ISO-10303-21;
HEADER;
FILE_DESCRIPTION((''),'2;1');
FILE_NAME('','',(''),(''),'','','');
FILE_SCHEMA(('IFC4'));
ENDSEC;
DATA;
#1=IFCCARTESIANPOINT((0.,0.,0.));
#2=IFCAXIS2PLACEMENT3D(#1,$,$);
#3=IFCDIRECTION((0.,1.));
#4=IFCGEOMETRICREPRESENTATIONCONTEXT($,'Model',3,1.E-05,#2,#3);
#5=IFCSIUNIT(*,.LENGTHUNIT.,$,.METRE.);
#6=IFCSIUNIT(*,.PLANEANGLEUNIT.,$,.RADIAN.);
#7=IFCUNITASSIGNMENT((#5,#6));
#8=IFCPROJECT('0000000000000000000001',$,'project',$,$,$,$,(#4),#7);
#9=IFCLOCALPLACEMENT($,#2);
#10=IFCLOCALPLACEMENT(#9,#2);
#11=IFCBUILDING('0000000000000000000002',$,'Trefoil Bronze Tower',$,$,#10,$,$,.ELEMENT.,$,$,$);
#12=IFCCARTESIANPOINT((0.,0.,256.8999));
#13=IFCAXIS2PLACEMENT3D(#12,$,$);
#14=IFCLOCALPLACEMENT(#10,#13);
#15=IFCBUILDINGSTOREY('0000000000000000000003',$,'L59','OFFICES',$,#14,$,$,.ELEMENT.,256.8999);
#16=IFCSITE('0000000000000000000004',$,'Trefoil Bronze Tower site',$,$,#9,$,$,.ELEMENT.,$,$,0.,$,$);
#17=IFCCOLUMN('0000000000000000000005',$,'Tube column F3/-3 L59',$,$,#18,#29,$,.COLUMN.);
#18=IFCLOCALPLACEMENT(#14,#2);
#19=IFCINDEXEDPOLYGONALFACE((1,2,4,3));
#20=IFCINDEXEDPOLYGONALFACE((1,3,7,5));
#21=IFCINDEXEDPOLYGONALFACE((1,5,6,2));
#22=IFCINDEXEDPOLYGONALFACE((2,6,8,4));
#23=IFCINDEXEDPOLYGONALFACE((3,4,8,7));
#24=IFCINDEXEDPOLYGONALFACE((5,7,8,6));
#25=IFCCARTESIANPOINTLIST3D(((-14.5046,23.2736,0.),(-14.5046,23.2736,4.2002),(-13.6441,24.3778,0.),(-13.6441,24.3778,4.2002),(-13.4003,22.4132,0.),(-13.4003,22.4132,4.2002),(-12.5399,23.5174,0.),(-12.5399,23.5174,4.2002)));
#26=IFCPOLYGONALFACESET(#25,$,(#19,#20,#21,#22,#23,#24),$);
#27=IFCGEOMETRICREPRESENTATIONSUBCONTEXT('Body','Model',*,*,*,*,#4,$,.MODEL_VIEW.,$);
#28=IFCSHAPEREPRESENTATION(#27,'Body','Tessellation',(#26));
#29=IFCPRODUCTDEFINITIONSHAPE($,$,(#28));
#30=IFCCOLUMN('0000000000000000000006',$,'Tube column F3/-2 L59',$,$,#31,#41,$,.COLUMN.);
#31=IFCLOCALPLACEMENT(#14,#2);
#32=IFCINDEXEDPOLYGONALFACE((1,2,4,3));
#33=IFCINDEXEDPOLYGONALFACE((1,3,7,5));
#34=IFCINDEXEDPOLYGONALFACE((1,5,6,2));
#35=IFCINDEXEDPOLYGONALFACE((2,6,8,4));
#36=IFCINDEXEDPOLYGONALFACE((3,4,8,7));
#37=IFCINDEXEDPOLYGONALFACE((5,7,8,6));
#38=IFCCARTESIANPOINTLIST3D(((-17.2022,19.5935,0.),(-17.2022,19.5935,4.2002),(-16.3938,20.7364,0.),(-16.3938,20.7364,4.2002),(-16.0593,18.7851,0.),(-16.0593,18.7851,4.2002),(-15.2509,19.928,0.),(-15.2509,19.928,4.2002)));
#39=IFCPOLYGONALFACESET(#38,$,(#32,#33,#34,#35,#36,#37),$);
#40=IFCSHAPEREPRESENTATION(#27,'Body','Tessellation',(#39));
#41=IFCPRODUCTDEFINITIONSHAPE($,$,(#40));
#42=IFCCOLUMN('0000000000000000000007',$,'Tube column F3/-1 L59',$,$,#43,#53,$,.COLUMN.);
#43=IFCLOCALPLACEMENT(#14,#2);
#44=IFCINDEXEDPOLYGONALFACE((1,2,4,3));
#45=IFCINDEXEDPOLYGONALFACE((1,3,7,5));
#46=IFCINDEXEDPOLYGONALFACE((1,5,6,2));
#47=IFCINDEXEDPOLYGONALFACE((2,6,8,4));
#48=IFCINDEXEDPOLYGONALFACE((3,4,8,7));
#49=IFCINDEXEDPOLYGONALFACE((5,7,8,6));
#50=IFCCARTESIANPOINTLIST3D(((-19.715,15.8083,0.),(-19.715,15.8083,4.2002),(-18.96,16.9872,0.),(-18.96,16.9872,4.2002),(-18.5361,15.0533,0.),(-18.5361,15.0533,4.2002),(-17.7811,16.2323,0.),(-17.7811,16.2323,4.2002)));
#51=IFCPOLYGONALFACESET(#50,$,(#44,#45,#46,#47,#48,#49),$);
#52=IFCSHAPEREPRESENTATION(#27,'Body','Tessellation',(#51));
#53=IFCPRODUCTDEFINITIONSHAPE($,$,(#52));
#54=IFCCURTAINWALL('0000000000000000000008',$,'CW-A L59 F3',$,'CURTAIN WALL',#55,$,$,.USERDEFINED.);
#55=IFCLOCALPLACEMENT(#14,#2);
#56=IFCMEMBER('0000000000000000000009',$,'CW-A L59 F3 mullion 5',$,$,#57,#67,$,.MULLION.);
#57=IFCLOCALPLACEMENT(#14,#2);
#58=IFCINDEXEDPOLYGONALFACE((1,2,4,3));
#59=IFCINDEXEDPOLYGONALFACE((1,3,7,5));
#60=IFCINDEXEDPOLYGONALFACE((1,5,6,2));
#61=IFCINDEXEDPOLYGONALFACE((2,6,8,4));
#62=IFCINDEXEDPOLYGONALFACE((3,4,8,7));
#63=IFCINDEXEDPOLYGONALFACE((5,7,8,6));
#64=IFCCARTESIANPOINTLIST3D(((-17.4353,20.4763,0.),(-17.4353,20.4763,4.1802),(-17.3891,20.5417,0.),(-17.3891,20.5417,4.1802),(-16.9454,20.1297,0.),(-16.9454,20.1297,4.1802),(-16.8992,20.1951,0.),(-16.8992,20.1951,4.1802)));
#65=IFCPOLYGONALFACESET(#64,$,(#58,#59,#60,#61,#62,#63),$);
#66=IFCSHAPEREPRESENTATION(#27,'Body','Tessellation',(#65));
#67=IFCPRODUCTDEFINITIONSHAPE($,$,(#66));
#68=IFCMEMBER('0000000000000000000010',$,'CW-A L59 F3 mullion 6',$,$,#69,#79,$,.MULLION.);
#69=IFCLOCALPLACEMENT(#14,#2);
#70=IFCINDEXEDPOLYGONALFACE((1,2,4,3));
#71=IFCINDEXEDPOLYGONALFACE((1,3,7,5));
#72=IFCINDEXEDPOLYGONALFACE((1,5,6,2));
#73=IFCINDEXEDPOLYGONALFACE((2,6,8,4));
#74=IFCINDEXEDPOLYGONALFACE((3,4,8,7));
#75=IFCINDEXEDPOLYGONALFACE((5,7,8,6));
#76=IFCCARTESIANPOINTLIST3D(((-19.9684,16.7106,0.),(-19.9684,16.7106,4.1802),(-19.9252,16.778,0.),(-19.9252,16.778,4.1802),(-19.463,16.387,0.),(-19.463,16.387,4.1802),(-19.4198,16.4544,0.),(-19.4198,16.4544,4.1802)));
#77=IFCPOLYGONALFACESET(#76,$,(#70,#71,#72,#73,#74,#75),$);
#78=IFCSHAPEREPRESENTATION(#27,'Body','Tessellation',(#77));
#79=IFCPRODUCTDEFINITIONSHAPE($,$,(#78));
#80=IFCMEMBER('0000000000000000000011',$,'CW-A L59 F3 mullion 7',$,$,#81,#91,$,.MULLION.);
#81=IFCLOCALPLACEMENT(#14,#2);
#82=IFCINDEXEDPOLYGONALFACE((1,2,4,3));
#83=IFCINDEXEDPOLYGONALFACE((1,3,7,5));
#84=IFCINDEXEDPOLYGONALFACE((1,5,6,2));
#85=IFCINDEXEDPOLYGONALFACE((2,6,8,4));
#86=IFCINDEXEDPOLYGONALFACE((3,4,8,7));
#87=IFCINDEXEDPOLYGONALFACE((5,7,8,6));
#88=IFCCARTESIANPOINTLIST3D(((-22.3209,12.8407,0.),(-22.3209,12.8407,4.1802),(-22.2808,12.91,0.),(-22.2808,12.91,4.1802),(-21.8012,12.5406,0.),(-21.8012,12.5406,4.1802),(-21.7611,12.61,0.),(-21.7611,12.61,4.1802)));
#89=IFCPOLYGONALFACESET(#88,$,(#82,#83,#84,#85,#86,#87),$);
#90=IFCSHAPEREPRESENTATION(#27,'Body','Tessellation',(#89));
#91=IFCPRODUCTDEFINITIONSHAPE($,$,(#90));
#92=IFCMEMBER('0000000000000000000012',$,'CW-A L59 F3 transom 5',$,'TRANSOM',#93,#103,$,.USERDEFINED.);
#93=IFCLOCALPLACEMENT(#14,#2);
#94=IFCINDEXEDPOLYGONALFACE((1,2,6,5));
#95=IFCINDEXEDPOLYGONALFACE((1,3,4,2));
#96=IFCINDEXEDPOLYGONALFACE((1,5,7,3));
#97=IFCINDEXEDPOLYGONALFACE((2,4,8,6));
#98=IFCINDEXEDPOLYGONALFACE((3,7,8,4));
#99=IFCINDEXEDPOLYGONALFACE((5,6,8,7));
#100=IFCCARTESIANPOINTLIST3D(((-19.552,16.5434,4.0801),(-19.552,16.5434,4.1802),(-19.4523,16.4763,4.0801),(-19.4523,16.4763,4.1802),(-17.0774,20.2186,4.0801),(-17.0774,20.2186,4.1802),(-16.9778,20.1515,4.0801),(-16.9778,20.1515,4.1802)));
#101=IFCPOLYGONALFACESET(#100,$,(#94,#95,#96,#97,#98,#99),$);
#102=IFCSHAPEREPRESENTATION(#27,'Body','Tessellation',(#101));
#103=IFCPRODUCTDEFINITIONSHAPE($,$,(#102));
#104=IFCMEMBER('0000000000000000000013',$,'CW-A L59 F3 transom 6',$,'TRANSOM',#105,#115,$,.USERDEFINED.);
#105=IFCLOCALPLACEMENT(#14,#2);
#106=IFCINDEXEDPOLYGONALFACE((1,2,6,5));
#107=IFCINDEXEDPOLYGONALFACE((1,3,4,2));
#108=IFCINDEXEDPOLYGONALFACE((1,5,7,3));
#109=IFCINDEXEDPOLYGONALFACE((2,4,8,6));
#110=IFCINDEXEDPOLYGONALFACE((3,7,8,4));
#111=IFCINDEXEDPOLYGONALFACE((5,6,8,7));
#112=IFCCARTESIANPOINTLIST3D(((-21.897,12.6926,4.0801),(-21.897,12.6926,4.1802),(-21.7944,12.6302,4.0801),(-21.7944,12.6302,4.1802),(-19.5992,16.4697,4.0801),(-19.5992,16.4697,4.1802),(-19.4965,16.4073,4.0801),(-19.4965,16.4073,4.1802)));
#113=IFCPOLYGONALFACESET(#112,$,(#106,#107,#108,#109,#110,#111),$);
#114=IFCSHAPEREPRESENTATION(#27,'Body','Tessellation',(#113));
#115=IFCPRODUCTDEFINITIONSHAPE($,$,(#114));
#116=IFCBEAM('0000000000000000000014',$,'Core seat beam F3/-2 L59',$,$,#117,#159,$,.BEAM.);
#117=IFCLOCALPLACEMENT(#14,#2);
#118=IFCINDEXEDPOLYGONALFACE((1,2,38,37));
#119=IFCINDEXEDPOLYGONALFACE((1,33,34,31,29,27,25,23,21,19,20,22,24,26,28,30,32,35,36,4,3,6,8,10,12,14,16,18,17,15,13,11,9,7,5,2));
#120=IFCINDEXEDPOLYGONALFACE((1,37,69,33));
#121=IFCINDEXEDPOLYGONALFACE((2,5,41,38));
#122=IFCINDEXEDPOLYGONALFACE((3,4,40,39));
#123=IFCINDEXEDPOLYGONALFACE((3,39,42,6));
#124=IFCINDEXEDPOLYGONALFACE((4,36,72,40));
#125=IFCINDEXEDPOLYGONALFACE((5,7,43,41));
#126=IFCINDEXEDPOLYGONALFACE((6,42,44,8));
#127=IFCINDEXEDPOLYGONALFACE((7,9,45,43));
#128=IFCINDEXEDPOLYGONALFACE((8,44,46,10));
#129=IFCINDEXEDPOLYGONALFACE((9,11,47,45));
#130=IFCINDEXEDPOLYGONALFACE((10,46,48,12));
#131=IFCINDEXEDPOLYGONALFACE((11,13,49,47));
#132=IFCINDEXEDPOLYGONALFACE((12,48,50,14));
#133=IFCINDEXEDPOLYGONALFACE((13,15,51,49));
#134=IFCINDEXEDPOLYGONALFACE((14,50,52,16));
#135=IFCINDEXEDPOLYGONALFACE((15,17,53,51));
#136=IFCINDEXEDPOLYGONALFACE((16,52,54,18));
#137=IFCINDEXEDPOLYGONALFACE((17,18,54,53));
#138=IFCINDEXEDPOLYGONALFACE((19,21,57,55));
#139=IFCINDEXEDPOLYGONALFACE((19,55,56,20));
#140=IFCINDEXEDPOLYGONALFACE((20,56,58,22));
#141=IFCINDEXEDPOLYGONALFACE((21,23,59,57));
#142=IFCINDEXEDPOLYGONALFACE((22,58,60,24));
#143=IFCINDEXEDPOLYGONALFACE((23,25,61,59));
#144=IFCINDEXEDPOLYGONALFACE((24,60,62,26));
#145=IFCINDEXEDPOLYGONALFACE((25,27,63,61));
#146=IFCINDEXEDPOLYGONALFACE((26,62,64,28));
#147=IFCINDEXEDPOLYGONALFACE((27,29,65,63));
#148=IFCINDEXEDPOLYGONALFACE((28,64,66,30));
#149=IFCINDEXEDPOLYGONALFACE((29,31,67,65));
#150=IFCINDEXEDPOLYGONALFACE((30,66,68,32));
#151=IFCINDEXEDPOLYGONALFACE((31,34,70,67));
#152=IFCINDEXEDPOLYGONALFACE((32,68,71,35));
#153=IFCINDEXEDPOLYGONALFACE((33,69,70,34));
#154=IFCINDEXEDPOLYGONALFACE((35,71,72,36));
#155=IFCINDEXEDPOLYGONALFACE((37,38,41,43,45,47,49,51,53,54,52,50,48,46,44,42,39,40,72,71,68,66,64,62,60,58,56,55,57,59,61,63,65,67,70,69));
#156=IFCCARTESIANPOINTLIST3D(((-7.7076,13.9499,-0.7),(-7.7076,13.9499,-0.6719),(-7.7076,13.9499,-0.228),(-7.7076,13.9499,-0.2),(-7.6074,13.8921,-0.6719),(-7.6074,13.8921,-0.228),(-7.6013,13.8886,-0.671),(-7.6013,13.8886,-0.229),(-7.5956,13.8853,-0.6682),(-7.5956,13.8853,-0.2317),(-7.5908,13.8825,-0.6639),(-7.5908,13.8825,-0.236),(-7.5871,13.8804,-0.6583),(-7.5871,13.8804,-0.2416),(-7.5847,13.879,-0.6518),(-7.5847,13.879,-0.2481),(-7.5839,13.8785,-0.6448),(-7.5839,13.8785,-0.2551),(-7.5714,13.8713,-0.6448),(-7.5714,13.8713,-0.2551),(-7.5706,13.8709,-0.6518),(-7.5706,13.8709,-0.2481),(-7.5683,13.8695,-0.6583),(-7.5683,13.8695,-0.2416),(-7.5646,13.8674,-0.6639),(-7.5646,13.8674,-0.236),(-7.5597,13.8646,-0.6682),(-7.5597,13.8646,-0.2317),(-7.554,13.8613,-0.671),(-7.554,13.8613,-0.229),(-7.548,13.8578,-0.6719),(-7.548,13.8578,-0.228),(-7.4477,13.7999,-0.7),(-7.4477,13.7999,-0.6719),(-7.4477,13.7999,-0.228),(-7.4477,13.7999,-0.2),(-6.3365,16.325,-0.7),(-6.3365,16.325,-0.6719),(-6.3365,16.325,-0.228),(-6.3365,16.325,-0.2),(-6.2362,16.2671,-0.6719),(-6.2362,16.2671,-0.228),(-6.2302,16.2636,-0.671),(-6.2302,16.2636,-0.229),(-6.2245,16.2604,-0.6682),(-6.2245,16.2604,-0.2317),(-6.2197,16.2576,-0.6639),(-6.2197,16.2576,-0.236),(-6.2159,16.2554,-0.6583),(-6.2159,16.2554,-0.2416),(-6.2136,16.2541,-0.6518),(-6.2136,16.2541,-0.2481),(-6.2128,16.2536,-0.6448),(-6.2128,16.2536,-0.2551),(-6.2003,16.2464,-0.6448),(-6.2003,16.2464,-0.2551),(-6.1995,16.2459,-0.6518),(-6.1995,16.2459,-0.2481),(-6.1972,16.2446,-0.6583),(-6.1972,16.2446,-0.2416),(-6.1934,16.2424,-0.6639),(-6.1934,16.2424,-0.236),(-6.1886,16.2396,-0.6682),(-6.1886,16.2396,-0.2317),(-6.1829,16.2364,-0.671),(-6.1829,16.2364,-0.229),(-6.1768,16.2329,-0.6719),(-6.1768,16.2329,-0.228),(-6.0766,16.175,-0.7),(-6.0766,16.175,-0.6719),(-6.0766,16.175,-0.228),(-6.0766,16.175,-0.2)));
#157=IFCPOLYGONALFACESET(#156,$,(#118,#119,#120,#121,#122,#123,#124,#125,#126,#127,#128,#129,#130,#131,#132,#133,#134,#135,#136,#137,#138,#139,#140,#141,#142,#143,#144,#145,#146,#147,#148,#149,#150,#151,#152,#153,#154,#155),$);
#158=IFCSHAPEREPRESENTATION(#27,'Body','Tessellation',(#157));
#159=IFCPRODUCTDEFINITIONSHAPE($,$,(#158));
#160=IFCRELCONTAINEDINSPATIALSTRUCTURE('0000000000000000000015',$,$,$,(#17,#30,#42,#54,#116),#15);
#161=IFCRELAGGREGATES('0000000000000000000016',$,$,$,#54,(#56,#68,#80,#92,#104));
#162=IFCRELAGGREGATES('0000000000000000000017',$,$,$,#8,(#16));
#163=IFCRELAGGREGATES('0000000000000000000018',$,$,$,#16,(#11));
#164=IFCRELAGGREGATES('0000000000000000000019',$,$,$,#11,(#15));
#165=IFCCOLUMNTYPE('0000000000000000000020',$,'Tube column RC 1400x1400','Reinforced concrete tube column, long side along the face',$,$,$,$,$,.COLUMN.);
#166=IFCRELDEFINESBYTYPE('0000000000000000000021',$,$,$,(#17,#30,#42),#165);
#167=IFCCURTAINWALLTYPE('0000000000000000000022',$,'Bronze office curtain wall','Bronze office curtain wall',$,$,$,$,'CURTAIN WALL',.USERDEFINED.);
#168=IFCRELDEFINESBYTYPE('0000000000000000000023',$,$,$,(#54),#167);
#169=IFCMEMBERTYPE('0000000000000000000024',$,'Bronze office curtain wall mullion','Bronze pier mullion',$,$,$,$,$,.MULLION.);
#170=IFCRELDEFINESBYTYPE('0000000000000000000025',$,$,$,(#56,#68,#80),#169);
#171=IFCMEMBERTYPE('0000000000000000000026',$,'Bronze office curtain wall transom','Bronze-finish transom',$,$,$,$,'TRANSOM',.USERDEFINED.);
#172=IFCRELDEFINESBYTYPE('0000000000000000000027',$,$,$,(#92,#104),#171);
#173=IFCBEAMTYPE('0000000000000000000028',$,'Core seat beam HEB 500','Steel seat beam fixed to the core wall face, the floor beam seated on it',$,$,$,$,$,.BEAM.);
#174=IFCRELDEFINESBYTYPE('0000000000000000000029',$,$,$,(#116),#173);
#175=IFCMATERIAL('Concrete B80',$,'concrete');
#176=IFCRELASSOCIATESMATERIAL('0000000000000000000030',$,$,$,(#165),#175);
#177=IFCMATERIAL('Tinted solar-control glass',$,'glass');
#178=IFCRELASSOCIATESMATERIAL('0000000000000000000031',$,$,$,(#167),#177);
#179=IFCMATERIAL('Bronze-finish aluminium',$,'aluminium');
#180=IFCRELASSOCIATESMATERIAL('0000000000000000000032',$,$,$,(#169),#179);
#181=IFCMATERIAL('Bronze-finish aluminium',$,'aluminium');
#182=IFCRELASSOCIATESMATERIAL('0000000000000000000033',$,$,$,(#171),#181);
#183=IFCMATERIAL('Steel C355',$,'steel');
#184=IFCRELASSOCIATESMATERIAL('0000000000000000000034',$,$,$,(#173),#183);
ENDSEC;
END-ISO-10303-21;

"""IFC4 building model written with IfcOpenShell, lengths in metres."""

from ifc_helpers import new_model, si_unit, direction, frame, origin, origin_2d, place, context, subcontext, project, spatial, rectangle, i_section, extrude, material, material_profile, profile_set, type_object, element, aggregate, save


model = new_model("IFC4")

# Units and contexts
model_context = context("Model", 3, precision=1e-05, world=origin(), true_north=direction((0.0, 1.0)))
body_context = subcontext(model_context, "Body", "Model", "MODEL_VIEW")
ifc_project = project(units=[si_unit("LENGTHUNIT", "METRE"), si_unit("PLANEANGLEUNIT", "RADIAN")], contexts=[model_context])

# Site, building, storey
site_placement = place(None, origin())
site = spatial("IfcSite", under=ifc_project, at=site_placement, Name="Trefoil Bronze Tower site", CompositionType="ELEMENT", RefElevation=0.0)
building_placement = place(site_placement, origin())
building = spatial("IfcBuilding", under=site, at=building_placement, Name="Trefoil Bronze Tower", CompositionType="ELEMENT")
storey_placement = place(building_placement, frame((0.0, 0.0, 256.8999)))
storey = spatial("IfcBuildingStorey", under=building, at=storey_placement, Name="L59", Description="OFFICES", CompositionType="ELEMENT", Elevation=256.8999)

# Columns
ifc_material_1 = material(Name="Concrete B80", Category="concrete")
ifc_material_profile_1 = material_profile(ifc_material_1, rectangle(XDim=1.3999, YDim=1.3999, at=origin_2d()), Name="RC 1400x1400")
ifc_profile_set_1 = profile_set([ifc_material_profile_1], Name="Concrete B80")
column_type = type_object("IfcColumnType", Name="Tube column RC 1400x1400", Description="Reinforced concrete tube column, long side along the face", PredefinedType="COLUMN", material=ifc_profile_set_1)
for number, where, z_axis, x_axis, name in (
    (1, (-13.5222, 23.3955, 0.0), (0.0, 0.0, 1.0), (-0.614622, -0.788821, 0.0), "Tube column F3/-3 L59"),
    (2, (-16.2266, 19.7607, 0.0), (0.0, 0.0, 1.0), (-0.577481, -0.816404, 0.0), "Tube column F3/-2 L59"),
    (3, (-18.748, 16.0203, 0.0), (0.0, 0.0, 1.0), (-0.53927, -0.842133, 0.0), "Tube column F3/-1 L59"),
):
    element("IfcColumn", number, at=place(storey_placement, frame(where, z_axis=z_axis, x_axis=x_axis)), inside=storey, type_object=column_type, Name=name, PredefinedType="COLUMN", context=body_context, shape_type="SweptSolid", body=[
        extrude(rectangle(XDim=1.3999, YDim=1.3999, at=origin_2d()), origin(), (0.0, 0.0, 1.0), 4.2002),
    ])

# Curtain wall, members
ifc_material_2 = material(Name="Tinted solar-control glass", Category="glass")
curtain_wall_type = type_object("IfcCurtainWallType", Name="Bronze office curtain wall", Description="Bronze office curtain wall", ElementType="CURTAIN WALL", PredefinedType="USERDEFINED", material=ifc_material_2)
curtain_wall_placement = place(storey_placement, origin())
curtain_wall = element("IfcCurtainWall", 4, at=curtain_wall_placement, inside=storey, type_object=curtain_wall_type, Name="CW-A L59 F3", ObjectType="CURTAIN WALL", PredefinedType="USERDEFINED")
ifc_material_3 = material(Name="Bronze-finish aluminium", Category="aluminium")
ifc_material_profile_2 = material_profile(ifc_material_3, rectangle(XDim=0.6001, YDim=0.0801, at=origin_2d()), Name="CW-A mullion")
ifc_profile_set_2 = profile_set([ifc_material_profile_2], Name="Bronze-finish aluminium")
member_type_1 = type_object("IfcMemberType", Name="Bronze office curtain wall mullion", Description="Bronze pier mullion", PredefinedType="MULLION", material=ifc_profile_set_2)
member_1_placement = place(storey_placement, frame((-17.1672, 20.3357, 0.0), z_axis=(0.0, 0.0, 1.0), x_axis=(0.816404, -0.577481, 0.0)))
member_1 = element("IfcMember", 5, at=member_1_placement, type_object=member_type_1, Name="CW-A L59 F3 mullion 5", PredefinedType="MULLION", context=body_context, shape_type="SweptSolid", body=[
    extrude(rectangle(XDim=0.6001, YDim=0.0801, at=origin_2d()), origin(), (0.0, 0.0, 1.0), 4.1802),
])
member_2_placement = place(storey_placement, frame((-19.6941, 16.5825, 0.0), z_axis=(0.0, 0.0, 1.0), x_axis=(0.842133, -0.53927, 0.0)))
member_2 = element("IfcMember", 6, at=member_2_placement, type_object=member_type_1, Name="CW-A L59 F3 mullion 6", PredefinedType="MULLION", context=body_context, shape_type="SweptSolid", body=[
    extrude(rectangle(XDim=0.6001, YDim=0.0801, at=origin_2d()), origin(), (0.0, 0.0, 1.0), 4.1802),
])
member_3_placement = place(storey_placement, frame((-22.041, 12.7253, 0.0), z_axis=(0.0, 0.0, 1.0), x_axis=(0.866025, -0.5, 0.0)))
member_3 = element("IfcMember", 7, at=member_3_placement, type_object=member_type_1, Name="CW-A L59 F3 mullion 7", PredefinedType="MULLION", context=body_context, shape_type="SweptSolid", body=[
    extrude(rectangle(XDim=0.6001, YDim=0.0801, at=origin_2d()), origin(), (0.0, 0.0, 1.0), 4.1802),
])
ifc_material_4 = material(Name="Bronze-finish aluminium", Category="aluminium")
ifc_material_profile_3 = material_profile(ifc_material_4, rectangle(XDim=0.1201, YDim=0.1001, at=origin_2d()), Name="CW-A transom")
ifc_profile_set_3 = profile_set([ifc_material_profile_3], Name="Bronze-finish aluminium")
member_type_2 = type_object("IfcMemberType", Name="Bronze office curtain wall transom", Description="Bronze-finish transom", ElementType="TRANSOM", PredefinedType="USERDEFINED", material=ifc_profile_set_3)
member_4_placement = place(storey_placement, frame((-17.0276, 20.1851, 4.1301), z_axis=(-0.558509, -0.829498, 0.0), x_axis=(0.829498, -0.558509, 0.0)))
member_4 = element("IfcMember", 8, at=member_4_placement, type_object=member_type_2, Name="CW-A L59 F3 transom 5", ObjectType="TRANSOM", PredefinedType="USERDEFINED", context=body_context, shape_type="SweptSolid", body=[
    extrude(rectangle(XDim=0.1201, YDim=0.1001, at=origin_2d()), origin(), (0.0, 0.0, 1.0), 4.4307),
])
member_5_placement = place(storey_placement, frame((-19.5479, 16.4385, 4.1301), z_axis=(-0.51974, -0.854324, 0.0), x_axis=(0.854324, -0.51974, 0.0)))
member_5 = element("IfcMember", 9, at=member_5_placement, type_object=member_type_2, Name="CW-A L59 F3 transom 6", ObjectType="TRANSOM", PredefinedType="USERDEFINED", context=body_context, shape_type="SweptSolid", body=[
    extrude(rectangle(XDim=0.1201, YDim=0.1001, at=origin_2d()), origin(), (0.0, 0.0, 1.0), 4.4211),
])

# Beam
ifc_material_5 = material(Name="Steel C355", Category="steel")
ifc_material_profile_4 = material_profile(ifc_material_5, i_section(OverallWidth=0.3, OverallDepth=0.5, WebThickness=0.0144, FlangeThickness=0.0281, FilletRadius=0.0271, at=origin_2d()), Name="HEB 500")
ifc_profile_set_4 = profile_set([ifc_material_profile_4], Name="Steel C355")
beam_type_1 = type_object("IfcBeamType", Name="Core seat beam HEB 500", Description="Steel seat beam fixed to the core wall face, the floor beam seated on it", PredefinedType="BEAM", material=ifc_profile_set_4)
beam_1_placement = place(storey_placement, frame((-6.2065, 16.25, -0.45), z_axis=(-0.499969, -0.866043, 0.0), x_axis=(0.866043, -0.499969, 0.0)))
element("IfcBeam", 10, at=beam_1_placement, inside=storey, type_object=beam_type_1, Name="Core seat beam F3/-2 L59", PredefinedType="BEAM", context=body_context, shape_type="SweptSolid", body=[
    extrude(i_section(OverallWidth=0.3, OverallDepth=0.5, WebThickness=0.0144, FlangeThickness=0.0281, FilletRadius=0.0271, at=origin_2d()), origin(), (0.0, 0.0, 1.0), 2.7424),
])

aggregate(curtain_wall, [member_1, member_2, member_3, member_4, member_5])

save(model, "model.ifc")
